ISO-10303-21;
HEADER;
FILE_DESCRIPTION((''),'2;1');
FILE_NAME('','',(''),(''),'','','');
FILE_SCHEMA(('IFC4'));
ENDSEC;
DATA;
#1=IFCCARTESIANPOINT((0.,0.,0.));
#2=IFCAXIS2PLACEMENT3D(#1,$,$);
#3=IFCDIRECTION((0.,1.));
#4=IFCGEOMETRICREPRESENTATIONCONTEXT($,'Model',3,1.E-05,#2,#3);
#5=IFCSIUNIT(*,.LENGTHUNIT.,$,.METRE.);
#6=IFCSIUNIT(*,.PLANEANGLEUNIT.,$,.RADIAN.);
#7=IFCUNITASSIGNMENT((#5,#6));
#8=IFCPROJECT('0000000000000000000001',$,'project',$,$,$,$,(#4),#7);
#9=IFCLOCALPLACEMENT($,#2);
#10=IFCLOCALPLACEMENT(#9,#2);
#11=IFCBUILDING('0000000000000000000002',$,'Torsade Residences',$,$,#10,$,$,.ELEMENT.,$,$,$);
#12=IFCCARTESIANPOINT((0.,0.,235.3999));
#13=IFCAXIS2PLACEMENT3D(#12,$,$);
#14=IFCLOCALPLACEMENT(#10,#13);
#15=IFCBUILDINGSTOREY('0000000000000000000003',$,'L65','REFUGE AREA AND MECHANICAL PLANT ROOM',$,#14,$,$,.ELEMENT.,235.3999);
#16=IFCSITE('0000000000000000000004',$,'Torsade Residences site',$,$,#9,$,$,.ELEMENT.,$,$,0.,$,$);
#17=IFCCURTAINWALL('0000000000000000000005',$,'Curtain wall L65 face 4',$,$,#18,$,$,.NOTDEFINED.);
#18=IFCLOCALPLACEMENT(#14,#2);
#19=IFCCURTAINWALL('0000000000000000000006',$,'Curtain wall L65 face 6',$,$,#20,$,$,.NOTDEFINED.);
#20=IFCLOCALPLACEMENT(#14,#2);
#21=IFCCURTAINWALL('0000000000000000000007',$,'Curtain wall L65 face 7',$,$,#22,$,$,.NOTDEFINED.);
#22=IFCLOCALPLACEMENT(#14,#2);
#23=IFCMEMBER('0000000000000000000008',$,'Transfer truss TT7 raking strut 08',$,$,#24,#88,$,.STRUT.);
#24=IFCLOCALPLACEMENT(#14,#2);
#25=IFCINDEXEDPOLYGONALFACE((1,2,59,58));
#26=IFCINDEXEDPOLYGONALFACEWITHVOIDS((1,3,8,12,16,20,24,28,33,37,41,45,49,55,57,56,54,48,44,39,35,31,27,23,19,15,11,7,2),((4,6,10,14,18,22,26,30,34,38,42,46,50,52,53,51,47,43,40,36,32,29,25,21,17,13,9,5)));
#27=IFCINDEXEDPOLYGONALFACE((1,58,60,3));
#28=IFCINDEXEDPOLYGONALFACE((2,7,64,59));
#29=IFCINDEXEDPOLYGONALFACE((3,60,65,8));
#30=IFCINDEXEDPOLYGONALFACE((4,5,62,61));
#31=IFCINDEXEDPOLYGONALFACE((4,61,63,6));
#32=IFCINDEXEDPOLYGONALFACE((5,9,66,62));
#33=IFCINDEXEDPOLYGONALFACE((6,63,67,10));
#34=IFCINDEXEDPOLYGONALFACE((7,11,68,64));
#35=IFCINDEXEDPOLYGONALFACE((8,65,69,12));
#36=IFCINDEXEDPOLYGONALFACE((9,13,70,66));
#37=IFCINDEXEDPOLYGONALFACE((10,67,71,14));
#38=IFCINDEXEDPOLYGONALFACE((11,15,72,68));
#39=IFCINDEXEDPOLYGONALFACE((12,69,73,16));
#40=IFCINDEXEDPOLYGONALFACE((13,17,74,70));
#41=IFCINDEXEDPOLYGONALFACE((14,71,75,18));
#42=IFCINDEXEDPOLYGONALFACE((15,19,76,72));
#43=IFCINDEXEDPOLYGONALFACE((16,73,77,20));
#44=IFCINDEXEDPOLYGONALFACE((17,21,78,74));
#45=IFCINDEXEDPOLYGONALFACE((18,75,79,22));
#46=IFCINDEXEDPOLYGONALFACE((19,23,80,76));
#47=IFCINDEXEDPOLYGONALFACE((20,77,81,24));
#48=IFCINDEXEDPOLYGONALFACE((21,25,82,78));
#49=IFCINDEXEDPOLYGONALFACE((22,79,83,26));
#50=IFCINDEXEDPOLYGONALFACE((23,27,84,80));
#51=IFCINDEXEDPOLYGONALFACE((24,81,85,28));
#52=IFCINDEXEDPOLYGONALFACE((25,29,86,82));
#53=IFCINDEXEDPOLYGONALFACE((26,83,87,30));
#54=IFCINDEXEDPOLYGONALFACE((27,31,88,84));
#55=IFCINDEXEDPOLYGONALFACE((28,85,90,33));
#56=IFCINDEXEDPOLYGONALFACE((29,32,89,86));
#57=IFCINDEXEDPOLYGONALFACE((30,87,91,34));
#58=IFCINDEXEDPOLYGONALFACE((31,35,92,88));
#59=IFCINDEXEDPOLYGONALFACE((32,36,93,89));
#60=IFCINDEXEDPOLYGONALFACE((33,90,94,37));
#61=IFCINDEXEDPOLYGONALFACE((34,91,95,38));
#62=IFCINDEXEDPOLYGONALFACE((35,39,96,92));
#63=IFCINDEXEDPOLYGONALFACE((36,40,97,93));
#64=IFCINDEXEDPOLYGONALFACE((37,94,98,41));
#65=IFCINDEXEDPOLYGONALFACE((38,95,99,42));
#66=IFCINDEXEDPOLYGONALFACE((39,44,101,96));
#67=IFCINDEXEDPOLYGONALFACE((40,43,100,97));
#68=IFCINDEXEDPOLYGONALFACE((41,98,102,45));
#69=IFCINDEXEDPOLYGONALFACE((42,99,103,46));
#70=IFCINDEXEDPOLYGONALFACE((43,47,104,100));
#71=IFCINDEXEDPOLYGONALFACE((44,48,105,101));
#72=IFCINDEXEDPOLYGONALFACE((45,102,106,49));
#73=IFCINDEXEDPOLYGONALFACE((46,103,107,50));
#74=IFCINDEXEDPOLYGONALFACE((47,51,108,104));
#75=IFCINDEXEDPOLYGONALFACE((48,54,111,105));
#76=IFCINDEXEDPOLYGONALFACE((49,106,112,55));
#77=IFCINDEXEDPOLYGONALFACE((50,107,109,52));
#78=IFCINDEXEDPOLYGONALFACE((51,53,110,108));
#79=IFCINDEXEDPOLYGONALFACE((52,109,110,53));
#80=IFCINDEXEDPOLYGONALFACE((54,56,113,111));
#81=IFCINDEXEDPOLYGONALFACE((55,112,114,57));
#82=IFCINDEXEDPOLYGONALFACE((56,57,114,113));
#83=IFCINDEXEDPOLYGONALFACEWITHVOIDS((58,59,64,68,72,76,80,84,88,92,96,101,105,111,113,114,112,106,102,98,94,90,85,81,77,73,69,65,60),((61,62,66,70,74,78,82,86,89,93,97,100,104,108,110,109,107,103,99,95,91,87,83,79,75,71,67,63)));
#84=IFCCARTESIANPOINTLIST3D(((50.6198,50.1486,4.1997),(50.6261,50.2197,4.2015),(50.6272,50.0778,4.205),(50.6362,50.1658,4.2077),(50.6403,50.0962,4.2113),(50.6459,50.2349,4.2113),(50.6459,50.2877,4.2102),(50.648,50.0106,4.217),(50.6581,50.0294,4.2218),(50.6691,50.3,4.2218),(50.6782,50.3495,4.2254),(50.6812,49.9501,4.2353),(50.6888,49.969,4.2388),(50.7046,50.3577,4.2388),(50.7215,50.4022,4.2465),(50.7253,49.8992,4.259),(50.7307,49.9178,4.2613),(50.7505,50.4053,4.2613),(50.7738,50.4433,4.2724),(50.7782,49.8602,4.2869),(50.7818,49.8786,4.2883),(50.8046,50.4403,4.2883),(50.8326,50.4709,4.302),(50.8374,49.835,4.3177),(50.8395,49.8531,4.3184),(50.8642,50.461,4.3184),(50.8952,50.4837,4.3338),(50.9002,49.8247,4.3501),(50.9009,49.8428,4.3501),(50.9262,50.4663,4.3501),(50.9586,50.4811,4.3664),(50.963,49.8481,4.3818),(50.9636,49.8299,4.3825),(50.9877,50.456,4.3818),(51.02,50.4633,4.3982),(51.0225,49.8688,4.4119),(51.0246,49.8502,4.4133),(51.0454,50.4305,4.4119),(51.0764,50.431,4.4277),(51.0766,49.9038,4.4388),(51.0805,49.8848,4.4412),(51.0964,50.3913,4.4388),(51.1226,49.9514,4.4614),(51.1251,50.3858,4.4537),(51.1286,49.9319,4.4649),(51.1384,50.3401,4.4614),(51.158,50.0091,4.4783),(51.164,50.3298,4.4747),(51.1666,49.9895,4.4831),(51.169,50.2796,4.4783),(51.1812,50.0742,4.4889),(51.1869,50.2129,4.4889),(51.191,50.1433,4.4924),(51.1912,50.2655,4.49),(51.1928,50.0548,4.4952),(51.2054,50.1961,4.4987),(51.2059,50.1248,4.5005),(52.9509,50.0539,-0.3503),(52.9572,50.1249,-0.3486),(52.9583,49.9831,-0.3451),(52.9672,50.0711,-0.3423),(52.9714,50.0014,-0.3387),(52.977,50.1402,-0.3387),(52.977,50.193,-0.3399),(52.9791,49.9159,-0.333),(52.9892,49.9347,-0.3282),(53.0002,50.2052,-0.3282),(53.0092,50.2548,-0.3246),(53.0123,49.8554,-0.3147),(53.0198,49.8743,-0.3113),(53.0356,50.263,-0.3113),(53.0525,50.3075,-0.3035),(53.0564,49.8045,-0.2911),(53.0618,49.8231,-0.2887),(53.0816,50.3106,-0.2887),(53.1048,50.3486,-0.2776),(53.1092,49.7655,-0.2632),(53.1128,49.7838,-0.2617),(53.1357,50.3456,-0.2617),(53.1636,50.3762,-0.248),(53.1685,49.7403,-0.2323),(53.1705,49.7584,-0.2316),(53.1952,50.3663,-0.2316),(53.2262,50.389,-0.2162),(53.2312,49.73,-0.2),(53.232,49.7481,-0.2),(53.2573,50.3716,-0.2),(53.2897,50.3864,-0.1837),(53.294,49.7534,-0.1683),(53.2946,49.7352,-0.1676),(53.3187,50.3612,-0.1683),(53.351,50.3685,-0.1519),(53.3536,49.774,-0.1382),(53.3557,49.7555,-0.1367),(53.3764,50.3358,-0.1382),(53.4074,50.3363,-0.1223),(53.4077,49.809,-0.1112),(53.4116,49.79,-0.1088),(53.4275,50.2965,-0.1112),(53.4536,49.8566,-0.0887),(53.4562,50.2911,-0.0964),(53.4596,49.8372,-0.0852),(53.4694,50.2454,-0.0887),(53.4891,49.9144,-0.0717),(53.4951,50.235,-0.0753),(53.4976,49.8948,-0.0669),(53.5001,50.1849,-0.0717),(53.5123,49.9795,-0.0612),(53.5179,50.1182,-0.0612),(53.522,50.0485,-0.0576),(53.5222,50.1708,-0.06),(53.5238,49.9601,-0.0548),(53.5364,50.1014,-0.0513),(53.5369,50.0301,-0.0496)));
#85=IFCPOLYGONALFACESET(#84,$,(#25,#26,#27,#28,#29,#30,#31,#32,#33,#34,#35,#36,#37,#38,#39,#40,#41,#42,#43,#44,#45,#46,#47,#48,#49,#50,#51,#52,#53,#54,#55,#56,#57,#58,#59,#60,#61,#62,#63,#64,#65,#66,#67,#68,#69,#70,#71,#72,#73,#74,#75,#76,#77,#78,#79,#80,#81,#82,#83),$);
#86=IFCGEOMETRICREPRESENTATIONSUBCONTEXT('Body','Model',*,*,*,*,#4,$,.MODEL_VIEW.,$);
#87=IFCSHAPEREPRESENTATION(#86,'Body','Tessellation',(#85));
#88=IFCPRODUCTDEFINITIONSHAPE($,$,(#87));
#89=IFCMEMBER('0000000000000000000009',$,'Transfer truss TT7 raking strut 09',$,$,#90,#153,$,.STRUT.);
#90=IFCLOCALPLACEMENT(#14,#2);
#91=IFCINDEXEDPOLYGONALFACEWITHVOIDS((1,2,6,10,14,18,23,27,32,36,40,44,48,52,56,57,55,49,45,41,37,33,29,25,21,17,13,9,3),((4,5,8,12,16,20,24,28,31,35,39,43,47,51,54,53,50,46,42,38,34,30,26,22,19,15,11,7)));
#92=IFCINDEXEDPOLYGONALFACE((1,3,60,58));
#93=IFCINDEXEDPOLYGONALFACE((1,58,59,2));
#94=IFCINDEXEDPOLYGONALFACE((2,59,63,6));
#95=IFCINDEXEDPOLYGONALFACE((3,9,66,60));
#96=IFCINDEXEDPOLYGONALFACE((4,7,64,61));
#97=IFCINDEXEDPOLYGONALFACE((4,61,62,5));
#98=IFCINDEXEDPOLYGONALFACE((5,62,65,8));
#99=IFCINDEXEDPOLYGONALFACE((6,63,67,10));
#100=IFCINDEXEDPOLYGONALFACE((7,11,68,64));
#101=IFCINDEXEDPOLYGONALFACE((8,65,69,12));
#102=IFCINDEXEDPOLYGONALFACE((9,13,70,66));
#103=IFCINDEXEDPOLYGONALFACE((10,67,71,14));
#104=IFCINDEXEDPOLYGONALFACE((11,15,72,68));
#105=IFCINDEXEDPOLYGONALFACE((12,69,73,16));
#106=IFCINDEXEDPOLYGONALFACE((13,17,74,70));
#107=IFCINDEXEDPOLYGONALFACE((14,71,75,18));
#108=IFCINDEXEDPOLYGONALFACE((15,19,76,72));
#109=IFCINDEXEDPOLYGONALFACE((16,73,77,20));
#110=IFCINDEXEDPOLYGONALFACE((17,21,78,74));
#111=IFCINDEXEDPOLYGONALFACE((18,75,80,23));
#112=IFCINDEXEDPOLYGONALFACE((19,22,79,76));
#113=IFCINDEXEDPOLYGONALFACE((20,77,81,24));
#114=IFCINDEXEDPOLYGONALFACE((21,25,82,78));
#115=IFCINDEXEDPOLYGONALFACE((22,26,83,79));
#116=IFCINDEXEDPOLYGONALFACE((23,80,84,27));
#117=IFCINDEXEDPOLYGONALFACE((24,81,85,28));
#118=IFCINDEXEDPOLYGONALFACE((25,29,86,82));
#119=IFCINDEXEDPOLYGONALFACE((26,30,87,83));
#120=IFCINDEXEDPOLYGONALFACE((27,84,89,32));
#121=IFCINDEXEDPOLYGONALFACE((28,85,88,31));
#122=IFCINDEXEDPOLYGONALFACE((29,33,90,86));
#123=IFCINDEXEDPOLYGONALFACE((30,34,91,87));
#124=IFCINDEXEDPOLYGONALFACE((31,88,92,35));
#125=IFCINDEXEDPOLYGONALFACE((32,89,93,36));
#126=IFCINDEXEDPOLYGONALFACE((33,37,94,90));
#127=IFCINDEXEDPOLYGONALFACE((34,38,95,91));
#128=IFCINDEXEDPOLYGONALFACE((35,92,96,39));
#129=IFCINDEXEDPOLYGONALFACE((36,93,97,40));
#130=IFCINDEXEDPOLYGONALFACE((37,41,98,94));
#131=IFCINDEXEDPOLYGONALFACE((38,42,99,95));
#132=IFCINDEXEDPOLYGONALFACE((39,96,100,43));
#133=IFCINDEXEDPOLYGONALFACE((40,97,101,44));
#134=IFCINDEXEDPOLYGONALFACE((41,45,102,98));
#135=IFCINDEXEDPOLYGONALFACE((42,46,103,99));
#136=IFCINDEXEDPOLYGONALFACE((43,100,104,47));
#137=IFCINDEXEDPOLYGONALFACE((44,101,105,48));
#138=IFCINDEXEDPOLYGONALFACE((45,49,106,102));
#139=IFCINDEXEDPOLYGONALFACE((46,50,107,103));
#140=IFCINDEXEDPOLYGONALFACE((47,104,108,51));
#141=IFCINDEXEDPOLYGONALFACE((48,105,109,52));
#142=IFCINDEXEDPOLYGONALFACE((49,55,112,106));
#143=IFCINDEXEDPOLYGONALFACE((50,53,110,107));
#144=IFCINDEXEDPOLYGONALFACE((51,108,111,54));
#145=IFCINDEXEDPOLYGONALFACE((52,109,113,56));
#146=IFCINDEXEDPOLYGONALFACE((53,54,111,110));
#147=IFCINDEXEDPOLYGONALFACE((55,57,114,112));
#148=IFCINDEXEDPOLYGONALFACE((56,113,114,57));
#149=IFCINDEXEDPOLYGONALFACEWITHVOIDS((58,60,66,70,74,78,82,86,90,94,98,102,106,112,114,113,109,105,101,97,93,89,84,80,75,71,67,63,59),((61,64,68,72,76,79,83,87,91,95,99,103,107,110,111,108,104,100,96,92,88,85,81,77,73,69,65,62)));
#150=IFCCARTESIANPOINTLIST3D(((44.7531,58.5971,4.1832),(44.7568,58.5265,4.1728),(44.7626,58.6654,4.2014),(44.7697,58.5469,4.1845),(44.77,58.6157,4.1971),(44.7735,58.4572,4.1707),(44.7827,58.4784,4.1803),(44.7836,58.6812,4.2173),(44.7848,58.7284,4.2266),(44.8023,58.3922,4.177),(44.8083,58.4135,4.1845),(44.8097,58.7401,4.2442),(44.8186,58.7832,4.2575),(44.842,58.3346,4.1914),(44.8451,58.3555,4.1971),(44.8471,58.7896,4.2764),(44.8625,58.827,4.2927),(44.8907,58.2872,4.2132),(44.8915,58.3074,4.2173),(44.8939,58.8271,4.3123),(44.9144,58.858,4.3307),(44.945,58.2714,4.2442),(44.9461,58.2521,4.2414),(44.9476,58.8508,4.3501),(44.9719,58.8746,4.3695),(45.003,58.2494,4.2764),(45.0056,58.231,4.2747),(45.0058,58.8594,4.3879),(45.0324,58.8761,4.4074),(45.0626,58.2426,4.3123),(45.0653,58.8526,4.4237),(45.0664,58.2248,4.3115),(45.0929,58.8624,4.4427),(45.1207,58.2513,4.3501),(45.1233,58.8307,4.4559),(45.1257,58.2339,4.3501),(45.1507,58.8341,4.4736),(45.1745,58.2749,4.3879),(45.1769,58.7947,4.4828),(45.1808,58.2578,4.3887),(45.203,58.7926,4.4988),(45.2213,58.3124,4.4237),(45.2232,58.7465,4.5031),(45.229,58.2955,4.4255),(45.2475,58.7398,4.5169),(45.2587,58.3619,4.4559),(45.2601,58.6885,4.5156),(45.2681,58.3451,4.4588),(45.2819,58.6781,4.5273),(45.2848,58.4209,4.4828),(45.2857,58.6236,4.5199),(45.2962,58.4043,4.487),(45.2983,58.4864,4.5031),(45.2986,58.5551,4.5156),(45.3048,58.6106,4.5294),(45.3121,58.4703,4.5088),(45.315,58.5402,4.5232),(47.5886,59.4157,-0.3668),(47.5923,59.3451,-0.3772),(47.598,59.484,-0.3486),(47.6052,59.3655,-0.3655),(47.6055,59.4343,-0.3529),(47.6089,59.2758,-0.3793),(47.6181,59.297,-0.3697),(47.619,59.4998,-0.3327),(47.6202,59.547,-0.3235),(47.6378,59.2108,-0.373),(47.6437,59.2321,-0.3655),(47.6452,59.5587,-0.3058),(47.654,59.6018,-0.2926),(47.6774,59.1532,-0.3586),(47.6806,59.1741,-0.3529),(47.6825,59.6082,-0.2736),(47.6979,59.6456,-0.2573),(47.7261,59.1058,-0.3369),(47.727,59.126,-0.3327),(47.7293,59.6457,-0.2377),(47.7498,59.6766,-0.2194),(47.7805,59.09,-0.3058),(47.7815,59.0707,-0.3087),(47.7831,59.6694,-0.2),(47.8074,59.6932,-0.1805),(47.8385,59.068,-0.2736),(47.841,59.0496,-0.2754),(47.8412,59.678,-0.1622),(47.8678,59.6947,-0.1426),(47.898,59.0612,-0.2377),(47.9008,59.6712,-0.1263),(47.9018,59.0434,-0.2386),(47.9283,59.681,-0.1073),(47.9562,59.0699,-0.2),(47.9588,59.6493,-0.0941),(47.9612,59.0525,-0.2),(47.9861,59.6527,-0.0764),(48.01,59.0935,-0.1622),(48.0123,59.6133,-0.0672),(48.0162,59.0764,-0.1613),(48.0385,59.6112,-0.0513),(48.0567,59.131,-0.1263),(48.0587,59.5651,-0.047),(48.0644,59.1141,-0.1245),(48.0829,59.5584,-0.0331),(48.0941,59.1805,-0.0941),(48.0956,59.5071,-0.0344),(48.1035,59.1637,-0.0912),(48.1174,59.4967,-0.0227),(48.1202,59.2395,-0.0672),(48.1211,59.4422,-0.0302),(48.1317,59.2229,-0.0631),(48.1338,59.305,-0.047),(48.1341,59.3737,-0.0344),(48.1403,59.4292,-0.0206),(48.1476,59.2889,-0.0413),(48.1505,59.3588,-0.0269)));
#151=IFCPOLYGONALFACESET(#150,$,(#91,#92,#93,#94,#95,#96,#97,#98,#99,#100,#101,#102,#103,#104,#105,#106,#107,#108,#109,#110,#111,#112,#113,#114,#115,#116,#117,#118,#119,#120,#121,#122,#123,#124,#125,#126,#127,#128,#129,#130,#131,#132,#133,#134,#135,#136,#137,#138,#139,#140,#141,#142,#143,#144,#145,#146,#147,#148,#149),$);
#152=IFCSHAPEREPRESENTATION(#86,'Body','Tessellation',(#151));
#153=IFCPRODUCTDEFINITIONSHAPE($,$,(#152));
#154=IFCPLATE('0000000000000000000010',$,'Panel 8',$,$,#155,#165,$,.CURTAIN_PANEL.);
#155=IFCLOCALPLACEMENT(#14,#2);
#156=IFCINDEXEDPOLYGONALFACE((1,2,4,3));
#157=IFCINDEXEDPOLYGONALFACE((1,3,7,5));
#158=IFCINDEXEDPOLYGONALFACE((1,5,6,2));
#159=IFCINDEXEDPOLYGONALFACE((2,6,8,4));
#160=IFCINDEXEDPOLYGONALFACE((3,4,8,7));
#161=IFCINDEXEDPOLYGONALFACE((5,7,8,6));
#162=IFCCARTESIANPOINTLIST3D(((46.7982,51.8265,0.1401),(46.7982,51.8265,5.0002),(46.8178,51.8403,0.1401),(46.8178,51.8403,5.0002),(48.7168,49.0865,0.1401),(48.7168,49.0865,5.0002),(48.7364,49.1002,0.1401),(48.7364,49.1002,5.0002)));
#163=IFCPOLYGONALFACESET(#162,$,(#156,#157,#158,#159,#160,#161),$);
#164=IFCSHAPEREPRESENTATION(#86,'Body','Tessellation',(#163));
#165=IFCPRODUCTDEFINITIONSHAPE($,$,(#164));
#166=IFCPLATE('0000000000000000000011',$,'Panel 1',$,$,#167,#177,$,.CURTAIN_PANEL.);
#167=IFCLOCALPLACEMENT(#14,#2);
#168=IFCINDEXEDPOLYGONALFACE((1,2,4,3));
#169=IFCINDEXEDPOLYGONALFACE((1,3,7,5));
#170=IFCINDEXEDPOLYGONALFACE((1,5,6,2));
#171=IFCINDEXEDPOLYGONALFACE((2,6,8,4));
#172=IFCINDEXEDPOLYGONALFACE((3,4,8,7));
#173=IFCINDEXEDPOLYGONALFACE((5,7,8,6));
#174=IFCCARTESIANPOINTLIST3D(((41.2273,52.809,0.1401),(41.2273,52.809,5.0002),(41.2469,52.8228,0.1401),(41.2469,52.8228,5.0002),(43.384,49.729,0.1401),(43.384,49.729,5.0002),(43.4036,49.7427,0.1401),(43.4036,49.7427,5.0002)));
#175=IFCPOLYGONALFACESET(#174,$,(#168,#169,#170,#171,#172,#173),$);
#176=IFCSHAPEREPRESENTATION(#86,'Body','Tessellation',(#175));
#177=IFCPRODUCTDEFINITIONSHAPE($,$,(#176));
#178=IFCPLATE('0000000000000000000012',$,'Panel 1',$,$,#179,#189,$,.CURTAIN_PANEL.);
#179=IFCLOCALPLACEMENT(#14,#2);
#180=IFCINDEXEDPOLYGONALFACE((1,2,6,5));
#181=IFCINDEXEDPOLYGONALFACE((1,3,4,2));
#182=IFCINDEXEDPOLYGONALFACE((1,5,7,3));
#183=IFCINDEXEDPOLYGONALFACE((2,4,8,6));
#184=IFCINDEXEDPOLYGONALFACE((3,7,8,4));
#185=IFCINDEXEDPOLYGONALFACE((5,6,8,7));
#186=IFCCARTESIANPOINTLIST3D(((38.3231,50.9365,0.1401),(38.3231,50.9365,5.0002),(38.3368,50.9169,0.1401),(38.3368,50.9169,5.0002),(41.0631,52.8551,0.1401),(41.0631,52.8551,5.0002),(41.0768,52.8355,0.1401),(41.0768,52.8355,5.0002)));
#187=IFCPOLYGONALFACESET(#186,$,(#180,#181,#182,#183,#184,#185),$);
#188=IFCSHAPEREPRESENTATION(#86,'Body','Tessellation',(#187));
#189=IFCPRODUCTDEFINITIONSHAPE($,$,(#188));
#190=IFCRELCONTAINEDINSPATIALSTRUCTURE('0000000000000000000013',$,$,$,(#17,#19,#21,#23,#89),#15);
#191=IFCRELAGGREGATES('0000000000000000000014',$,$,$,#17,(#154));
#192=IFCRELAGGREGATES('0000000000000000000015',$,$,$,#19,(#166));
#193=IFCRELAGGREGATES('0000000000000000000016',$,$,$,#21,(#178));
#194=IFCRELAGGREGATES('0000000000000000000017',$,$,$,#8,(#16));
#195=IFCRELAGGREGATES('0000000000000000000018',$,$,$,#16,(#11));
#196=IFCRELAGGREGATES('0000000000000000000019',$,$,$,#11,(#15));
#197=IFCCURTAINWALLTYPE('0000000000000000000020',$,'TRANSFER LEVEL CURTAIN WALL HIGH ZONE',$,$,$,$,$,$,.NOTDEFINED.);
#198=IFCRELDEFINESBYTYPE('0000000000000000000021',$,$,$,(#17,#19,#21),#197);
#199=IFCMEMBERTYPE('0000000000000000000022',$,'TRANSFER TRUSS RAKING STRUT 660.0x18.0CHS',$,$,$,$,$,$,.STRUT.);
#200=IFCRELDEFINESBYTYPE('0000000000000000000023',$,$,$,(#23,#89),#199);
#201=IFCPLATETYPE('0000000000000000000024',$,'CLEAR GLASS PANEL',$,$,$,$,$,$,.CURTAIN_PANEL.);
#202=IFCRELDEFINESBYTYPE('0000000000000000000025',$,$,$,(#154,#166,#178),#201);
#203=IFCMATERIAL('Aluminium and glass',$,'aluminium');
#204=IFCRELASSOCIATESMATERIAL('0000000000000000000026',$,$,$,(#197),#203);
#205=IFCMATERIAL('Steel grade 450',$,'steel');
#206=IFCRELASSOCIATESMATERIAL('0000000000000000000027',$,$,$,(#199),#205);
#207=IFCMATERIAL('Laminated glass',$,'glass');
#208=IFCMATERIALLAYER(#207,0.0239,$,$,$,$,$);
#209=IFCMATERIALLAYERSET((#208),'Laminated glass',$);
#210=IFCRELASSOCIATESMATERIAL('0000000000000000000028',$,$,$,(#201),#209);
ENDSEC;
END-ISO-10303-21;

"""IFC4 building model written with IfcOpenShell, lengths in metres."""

from ifc_helpers import new_model, si_unit, direction, frame, origin, origin_2d, place, context, subcontext, project, spatial, rectangle, hollow_circle, extrude, material, layer, layer_set, material_profile, profile_set, type_object, element, aggregate, save


model = new_model("IFC4")

# Units and contexts
model_context = context("Model", 3, precision=1e-05, world=origin(), true_north=direction((0.0, 1.0)))
body_context = subcontext(model_context, "Body", "Model", "MODEL_VIEW")
ifc_project = project(units=[si_unit("LENGTHUNIT", "METRE"), si_unit("PLANEANGLEUNIT", "RADIAN")], contexts=[model_context])

# Site, building, storey
site_placement = place(None, origin())
site = spatial("IfcSite", under=ifc_project, at=site_placement, Name="Torsade Residences site", CompositionType="ELEMENT", RefElevation=0.0)
building_placement = place(site_placement, origin())
building = spatial("IfcBuilding", under=site, at=building_placement, Name="Torsade Residences", CompositionType="ELEMENT")
storey_placement = place(building_placement, frame((0.0, 0.0, 235.3999)))
storey = spatial("IfcBuildingStorey", under=building, at=storey_placement, Name="L65", Description="REFUGE AREA AND MECHANICAL PLANT ROOM", CompositionType="ELEMENT", Elevation=235.3999)

# Curtain wall
ifc_material_1 = material(Name="Aluminium and glass", Category="aluminium")
curtain_wall_type = type_object("IfcCurtainWallType", Name="TRANSFER LEVEL CURTAIN WALL HIGH ZONE", PredefinedType="NOTDEFINED", material=ifc_material_1)
curtain_wall_1_placement = place(storey_placement, origin())
curtain_wall_1 = element("IfcCurtainWall", 1, at=curtain_wall_1_placement, inside=storey, type_object=curtain_wall_type, Name="Curtain wall L65 face 4", PredefinedType="NOTDEFINED")

# Curtain wall
curtain_wall_2_placement = place(storey_placement, origin())
curtain_wall_2 = element("IfcCurtainWall", 2, at=curtain_wall_2_placement, inside=storey, type_object=curtain_wall_type, Name="Curtain wall L65 face 6", PredefinedType="NOTDEFINED")

# Curtain wall
curtain_wall_3_placement = place(storey_placement, origin())
curtain_wall_3 = element("IfcCurtainWall", 3, at=curtain_wall_3_placement, inside=storey, type_object=curtain_wall_type, Name="Curtain wall L65 face 7", PredefinedType="NOTDEFINED")

# Members
ifc_material_2 = material(Name="Steel grade 450", Category="steel")
ifc_material_profile_1 = material_profile(ifc_material_2, hollow_circle(Radius=0.3301, WallThickness=0.0181, at=origin_2d()), Name="660.0x18.0CHS")
ifc_profile_set_1 = profile_set([ifc_material_profile_1], Name="Steel grade 450")
member_type_1 = type_object("IfcMemberType", Name="TRANSFER TRUSS RAKING STRUT 660.0x18.0CHS", PredefinedType="STRUT", material=ifc_profile_set_1)
member_1_placement = place(storey_placement, frame((53.2446, 50.0598, -0.2), z_axis=(-0.455882, 0.018526, 0.889848), x_axis=(-0.040603, -0.999175, 0.0)))
element("IfcMember", 4, at=member_1_placement, inside=storey, type_object=member_type_1, Name="Transfer truss TT7 raking strut 08", PredefinedType="STRUT", context=body_context, shape_type="SweptSolid", body=[
    extrude(hollow_circle(Radius=0.3301, WallThickness=0.0181, at=origin_2d()), origin(), (0.0, 0.0, 1.0), 5.1133),
])
member_2_placement = place(storey_placement, frame((47.8696, 59.3696, -0.2), z_axis=(-0.522822, -0.15094, 0.838972), x_axis=(0.277375, -0.960762, 0.0)))
element("IfcMember", 5, at=member_2_placement, inside=storey, type_object=member_type_1, Name="Transfer truss TT7 raking strut 09", PredefinedType="STRUT", context=body_context, shape_type="SweptSolid", body=[
    extrude(hollow_circle(Radius=0.3301, WallThickness=0.0181, at=origin_2d()), origin(), (0.0, 0.0, 1.0), 5.4233),
])

# Plates
ifc_material_3 = material(Name="Laminated glass", Category="glass")
ifc_layer_1 = layer(ifc_material_3, 0.0239)
ifc_layer_set_1 = layer_set([ifc_layer_1], Name="Laminated glass")
plate_type = type_object("IfcPlateType", Name="CLEAR GLASS PANEL", PredefinedType="CURTAIN_PANEL", material=ifc_layer_set_1)
plate_1_placement = place(storey_placement, frame((47.7673, 50.4634, 0.1401), z_axis=(0.0, 0.0, 1.0), x_axis=(-0.573576, 0.819152, 0.0)))
plate_1 = element("IfcPlate", 6, at=plate_1_placement, type_object=plate_type, Name="Panel 8", PredefinedType="CURTAIN_PANEL", context=body_context, shape_type="SweptSolid", body=[
    extrude(rectangle(XDim=3.345, YDim=0.0239, at=origin_2d()), origin(), (0.0, 0.0, 1.0), 4.8601),
])
aggregate(curtain_wall_1, [plate_1])
plate_2_placement = place(storey_placement, frame((42.3154, 51.2759, 0.1401), z_axis=(0.0, 0.0, 1.0), x_axis=(-0.573576, 0.819152, 0.0)))
plate_2 = element("IfcPlate", 7, at=plate_2_placement, type_object=plate_type, Name="Panel 1", PredefinedType="CURTAIN_PANEL", context=body_context, shape_type="SweptSolid", body=[
    extrude(rectangle(XDim=3.76, YDim=0.0239, at=origin_2d()), origin(), (0.0, 0.0, 1.0), 4.8601),
])
aggregate(curtain_wall_2, [plate_2])
plate_3_placement = place(storey_placement, frame((39.7, 51.886, 0.1401), z_axis=(0.0, 0.0, 1.0), x_axis=(-0.819152, -0.573576, 0.0)))
plate_3 = element("IfcPlate", 8, at=plate_3_placement, type_object=plate_type, Name="Panel 1", PredefinedType="CURTAIN_PANEL", context=body_context, shape_type="SweptSolid", body=[
    extrude(rectangle(XDim=3.345, YDim=0.0239, at=origin_2d()), origin(), (0.0, 0.0, 1.0), 4.8601),
])
aggregate(curtain_wall_3, [plate_3])

save(model, "model.ifc")
